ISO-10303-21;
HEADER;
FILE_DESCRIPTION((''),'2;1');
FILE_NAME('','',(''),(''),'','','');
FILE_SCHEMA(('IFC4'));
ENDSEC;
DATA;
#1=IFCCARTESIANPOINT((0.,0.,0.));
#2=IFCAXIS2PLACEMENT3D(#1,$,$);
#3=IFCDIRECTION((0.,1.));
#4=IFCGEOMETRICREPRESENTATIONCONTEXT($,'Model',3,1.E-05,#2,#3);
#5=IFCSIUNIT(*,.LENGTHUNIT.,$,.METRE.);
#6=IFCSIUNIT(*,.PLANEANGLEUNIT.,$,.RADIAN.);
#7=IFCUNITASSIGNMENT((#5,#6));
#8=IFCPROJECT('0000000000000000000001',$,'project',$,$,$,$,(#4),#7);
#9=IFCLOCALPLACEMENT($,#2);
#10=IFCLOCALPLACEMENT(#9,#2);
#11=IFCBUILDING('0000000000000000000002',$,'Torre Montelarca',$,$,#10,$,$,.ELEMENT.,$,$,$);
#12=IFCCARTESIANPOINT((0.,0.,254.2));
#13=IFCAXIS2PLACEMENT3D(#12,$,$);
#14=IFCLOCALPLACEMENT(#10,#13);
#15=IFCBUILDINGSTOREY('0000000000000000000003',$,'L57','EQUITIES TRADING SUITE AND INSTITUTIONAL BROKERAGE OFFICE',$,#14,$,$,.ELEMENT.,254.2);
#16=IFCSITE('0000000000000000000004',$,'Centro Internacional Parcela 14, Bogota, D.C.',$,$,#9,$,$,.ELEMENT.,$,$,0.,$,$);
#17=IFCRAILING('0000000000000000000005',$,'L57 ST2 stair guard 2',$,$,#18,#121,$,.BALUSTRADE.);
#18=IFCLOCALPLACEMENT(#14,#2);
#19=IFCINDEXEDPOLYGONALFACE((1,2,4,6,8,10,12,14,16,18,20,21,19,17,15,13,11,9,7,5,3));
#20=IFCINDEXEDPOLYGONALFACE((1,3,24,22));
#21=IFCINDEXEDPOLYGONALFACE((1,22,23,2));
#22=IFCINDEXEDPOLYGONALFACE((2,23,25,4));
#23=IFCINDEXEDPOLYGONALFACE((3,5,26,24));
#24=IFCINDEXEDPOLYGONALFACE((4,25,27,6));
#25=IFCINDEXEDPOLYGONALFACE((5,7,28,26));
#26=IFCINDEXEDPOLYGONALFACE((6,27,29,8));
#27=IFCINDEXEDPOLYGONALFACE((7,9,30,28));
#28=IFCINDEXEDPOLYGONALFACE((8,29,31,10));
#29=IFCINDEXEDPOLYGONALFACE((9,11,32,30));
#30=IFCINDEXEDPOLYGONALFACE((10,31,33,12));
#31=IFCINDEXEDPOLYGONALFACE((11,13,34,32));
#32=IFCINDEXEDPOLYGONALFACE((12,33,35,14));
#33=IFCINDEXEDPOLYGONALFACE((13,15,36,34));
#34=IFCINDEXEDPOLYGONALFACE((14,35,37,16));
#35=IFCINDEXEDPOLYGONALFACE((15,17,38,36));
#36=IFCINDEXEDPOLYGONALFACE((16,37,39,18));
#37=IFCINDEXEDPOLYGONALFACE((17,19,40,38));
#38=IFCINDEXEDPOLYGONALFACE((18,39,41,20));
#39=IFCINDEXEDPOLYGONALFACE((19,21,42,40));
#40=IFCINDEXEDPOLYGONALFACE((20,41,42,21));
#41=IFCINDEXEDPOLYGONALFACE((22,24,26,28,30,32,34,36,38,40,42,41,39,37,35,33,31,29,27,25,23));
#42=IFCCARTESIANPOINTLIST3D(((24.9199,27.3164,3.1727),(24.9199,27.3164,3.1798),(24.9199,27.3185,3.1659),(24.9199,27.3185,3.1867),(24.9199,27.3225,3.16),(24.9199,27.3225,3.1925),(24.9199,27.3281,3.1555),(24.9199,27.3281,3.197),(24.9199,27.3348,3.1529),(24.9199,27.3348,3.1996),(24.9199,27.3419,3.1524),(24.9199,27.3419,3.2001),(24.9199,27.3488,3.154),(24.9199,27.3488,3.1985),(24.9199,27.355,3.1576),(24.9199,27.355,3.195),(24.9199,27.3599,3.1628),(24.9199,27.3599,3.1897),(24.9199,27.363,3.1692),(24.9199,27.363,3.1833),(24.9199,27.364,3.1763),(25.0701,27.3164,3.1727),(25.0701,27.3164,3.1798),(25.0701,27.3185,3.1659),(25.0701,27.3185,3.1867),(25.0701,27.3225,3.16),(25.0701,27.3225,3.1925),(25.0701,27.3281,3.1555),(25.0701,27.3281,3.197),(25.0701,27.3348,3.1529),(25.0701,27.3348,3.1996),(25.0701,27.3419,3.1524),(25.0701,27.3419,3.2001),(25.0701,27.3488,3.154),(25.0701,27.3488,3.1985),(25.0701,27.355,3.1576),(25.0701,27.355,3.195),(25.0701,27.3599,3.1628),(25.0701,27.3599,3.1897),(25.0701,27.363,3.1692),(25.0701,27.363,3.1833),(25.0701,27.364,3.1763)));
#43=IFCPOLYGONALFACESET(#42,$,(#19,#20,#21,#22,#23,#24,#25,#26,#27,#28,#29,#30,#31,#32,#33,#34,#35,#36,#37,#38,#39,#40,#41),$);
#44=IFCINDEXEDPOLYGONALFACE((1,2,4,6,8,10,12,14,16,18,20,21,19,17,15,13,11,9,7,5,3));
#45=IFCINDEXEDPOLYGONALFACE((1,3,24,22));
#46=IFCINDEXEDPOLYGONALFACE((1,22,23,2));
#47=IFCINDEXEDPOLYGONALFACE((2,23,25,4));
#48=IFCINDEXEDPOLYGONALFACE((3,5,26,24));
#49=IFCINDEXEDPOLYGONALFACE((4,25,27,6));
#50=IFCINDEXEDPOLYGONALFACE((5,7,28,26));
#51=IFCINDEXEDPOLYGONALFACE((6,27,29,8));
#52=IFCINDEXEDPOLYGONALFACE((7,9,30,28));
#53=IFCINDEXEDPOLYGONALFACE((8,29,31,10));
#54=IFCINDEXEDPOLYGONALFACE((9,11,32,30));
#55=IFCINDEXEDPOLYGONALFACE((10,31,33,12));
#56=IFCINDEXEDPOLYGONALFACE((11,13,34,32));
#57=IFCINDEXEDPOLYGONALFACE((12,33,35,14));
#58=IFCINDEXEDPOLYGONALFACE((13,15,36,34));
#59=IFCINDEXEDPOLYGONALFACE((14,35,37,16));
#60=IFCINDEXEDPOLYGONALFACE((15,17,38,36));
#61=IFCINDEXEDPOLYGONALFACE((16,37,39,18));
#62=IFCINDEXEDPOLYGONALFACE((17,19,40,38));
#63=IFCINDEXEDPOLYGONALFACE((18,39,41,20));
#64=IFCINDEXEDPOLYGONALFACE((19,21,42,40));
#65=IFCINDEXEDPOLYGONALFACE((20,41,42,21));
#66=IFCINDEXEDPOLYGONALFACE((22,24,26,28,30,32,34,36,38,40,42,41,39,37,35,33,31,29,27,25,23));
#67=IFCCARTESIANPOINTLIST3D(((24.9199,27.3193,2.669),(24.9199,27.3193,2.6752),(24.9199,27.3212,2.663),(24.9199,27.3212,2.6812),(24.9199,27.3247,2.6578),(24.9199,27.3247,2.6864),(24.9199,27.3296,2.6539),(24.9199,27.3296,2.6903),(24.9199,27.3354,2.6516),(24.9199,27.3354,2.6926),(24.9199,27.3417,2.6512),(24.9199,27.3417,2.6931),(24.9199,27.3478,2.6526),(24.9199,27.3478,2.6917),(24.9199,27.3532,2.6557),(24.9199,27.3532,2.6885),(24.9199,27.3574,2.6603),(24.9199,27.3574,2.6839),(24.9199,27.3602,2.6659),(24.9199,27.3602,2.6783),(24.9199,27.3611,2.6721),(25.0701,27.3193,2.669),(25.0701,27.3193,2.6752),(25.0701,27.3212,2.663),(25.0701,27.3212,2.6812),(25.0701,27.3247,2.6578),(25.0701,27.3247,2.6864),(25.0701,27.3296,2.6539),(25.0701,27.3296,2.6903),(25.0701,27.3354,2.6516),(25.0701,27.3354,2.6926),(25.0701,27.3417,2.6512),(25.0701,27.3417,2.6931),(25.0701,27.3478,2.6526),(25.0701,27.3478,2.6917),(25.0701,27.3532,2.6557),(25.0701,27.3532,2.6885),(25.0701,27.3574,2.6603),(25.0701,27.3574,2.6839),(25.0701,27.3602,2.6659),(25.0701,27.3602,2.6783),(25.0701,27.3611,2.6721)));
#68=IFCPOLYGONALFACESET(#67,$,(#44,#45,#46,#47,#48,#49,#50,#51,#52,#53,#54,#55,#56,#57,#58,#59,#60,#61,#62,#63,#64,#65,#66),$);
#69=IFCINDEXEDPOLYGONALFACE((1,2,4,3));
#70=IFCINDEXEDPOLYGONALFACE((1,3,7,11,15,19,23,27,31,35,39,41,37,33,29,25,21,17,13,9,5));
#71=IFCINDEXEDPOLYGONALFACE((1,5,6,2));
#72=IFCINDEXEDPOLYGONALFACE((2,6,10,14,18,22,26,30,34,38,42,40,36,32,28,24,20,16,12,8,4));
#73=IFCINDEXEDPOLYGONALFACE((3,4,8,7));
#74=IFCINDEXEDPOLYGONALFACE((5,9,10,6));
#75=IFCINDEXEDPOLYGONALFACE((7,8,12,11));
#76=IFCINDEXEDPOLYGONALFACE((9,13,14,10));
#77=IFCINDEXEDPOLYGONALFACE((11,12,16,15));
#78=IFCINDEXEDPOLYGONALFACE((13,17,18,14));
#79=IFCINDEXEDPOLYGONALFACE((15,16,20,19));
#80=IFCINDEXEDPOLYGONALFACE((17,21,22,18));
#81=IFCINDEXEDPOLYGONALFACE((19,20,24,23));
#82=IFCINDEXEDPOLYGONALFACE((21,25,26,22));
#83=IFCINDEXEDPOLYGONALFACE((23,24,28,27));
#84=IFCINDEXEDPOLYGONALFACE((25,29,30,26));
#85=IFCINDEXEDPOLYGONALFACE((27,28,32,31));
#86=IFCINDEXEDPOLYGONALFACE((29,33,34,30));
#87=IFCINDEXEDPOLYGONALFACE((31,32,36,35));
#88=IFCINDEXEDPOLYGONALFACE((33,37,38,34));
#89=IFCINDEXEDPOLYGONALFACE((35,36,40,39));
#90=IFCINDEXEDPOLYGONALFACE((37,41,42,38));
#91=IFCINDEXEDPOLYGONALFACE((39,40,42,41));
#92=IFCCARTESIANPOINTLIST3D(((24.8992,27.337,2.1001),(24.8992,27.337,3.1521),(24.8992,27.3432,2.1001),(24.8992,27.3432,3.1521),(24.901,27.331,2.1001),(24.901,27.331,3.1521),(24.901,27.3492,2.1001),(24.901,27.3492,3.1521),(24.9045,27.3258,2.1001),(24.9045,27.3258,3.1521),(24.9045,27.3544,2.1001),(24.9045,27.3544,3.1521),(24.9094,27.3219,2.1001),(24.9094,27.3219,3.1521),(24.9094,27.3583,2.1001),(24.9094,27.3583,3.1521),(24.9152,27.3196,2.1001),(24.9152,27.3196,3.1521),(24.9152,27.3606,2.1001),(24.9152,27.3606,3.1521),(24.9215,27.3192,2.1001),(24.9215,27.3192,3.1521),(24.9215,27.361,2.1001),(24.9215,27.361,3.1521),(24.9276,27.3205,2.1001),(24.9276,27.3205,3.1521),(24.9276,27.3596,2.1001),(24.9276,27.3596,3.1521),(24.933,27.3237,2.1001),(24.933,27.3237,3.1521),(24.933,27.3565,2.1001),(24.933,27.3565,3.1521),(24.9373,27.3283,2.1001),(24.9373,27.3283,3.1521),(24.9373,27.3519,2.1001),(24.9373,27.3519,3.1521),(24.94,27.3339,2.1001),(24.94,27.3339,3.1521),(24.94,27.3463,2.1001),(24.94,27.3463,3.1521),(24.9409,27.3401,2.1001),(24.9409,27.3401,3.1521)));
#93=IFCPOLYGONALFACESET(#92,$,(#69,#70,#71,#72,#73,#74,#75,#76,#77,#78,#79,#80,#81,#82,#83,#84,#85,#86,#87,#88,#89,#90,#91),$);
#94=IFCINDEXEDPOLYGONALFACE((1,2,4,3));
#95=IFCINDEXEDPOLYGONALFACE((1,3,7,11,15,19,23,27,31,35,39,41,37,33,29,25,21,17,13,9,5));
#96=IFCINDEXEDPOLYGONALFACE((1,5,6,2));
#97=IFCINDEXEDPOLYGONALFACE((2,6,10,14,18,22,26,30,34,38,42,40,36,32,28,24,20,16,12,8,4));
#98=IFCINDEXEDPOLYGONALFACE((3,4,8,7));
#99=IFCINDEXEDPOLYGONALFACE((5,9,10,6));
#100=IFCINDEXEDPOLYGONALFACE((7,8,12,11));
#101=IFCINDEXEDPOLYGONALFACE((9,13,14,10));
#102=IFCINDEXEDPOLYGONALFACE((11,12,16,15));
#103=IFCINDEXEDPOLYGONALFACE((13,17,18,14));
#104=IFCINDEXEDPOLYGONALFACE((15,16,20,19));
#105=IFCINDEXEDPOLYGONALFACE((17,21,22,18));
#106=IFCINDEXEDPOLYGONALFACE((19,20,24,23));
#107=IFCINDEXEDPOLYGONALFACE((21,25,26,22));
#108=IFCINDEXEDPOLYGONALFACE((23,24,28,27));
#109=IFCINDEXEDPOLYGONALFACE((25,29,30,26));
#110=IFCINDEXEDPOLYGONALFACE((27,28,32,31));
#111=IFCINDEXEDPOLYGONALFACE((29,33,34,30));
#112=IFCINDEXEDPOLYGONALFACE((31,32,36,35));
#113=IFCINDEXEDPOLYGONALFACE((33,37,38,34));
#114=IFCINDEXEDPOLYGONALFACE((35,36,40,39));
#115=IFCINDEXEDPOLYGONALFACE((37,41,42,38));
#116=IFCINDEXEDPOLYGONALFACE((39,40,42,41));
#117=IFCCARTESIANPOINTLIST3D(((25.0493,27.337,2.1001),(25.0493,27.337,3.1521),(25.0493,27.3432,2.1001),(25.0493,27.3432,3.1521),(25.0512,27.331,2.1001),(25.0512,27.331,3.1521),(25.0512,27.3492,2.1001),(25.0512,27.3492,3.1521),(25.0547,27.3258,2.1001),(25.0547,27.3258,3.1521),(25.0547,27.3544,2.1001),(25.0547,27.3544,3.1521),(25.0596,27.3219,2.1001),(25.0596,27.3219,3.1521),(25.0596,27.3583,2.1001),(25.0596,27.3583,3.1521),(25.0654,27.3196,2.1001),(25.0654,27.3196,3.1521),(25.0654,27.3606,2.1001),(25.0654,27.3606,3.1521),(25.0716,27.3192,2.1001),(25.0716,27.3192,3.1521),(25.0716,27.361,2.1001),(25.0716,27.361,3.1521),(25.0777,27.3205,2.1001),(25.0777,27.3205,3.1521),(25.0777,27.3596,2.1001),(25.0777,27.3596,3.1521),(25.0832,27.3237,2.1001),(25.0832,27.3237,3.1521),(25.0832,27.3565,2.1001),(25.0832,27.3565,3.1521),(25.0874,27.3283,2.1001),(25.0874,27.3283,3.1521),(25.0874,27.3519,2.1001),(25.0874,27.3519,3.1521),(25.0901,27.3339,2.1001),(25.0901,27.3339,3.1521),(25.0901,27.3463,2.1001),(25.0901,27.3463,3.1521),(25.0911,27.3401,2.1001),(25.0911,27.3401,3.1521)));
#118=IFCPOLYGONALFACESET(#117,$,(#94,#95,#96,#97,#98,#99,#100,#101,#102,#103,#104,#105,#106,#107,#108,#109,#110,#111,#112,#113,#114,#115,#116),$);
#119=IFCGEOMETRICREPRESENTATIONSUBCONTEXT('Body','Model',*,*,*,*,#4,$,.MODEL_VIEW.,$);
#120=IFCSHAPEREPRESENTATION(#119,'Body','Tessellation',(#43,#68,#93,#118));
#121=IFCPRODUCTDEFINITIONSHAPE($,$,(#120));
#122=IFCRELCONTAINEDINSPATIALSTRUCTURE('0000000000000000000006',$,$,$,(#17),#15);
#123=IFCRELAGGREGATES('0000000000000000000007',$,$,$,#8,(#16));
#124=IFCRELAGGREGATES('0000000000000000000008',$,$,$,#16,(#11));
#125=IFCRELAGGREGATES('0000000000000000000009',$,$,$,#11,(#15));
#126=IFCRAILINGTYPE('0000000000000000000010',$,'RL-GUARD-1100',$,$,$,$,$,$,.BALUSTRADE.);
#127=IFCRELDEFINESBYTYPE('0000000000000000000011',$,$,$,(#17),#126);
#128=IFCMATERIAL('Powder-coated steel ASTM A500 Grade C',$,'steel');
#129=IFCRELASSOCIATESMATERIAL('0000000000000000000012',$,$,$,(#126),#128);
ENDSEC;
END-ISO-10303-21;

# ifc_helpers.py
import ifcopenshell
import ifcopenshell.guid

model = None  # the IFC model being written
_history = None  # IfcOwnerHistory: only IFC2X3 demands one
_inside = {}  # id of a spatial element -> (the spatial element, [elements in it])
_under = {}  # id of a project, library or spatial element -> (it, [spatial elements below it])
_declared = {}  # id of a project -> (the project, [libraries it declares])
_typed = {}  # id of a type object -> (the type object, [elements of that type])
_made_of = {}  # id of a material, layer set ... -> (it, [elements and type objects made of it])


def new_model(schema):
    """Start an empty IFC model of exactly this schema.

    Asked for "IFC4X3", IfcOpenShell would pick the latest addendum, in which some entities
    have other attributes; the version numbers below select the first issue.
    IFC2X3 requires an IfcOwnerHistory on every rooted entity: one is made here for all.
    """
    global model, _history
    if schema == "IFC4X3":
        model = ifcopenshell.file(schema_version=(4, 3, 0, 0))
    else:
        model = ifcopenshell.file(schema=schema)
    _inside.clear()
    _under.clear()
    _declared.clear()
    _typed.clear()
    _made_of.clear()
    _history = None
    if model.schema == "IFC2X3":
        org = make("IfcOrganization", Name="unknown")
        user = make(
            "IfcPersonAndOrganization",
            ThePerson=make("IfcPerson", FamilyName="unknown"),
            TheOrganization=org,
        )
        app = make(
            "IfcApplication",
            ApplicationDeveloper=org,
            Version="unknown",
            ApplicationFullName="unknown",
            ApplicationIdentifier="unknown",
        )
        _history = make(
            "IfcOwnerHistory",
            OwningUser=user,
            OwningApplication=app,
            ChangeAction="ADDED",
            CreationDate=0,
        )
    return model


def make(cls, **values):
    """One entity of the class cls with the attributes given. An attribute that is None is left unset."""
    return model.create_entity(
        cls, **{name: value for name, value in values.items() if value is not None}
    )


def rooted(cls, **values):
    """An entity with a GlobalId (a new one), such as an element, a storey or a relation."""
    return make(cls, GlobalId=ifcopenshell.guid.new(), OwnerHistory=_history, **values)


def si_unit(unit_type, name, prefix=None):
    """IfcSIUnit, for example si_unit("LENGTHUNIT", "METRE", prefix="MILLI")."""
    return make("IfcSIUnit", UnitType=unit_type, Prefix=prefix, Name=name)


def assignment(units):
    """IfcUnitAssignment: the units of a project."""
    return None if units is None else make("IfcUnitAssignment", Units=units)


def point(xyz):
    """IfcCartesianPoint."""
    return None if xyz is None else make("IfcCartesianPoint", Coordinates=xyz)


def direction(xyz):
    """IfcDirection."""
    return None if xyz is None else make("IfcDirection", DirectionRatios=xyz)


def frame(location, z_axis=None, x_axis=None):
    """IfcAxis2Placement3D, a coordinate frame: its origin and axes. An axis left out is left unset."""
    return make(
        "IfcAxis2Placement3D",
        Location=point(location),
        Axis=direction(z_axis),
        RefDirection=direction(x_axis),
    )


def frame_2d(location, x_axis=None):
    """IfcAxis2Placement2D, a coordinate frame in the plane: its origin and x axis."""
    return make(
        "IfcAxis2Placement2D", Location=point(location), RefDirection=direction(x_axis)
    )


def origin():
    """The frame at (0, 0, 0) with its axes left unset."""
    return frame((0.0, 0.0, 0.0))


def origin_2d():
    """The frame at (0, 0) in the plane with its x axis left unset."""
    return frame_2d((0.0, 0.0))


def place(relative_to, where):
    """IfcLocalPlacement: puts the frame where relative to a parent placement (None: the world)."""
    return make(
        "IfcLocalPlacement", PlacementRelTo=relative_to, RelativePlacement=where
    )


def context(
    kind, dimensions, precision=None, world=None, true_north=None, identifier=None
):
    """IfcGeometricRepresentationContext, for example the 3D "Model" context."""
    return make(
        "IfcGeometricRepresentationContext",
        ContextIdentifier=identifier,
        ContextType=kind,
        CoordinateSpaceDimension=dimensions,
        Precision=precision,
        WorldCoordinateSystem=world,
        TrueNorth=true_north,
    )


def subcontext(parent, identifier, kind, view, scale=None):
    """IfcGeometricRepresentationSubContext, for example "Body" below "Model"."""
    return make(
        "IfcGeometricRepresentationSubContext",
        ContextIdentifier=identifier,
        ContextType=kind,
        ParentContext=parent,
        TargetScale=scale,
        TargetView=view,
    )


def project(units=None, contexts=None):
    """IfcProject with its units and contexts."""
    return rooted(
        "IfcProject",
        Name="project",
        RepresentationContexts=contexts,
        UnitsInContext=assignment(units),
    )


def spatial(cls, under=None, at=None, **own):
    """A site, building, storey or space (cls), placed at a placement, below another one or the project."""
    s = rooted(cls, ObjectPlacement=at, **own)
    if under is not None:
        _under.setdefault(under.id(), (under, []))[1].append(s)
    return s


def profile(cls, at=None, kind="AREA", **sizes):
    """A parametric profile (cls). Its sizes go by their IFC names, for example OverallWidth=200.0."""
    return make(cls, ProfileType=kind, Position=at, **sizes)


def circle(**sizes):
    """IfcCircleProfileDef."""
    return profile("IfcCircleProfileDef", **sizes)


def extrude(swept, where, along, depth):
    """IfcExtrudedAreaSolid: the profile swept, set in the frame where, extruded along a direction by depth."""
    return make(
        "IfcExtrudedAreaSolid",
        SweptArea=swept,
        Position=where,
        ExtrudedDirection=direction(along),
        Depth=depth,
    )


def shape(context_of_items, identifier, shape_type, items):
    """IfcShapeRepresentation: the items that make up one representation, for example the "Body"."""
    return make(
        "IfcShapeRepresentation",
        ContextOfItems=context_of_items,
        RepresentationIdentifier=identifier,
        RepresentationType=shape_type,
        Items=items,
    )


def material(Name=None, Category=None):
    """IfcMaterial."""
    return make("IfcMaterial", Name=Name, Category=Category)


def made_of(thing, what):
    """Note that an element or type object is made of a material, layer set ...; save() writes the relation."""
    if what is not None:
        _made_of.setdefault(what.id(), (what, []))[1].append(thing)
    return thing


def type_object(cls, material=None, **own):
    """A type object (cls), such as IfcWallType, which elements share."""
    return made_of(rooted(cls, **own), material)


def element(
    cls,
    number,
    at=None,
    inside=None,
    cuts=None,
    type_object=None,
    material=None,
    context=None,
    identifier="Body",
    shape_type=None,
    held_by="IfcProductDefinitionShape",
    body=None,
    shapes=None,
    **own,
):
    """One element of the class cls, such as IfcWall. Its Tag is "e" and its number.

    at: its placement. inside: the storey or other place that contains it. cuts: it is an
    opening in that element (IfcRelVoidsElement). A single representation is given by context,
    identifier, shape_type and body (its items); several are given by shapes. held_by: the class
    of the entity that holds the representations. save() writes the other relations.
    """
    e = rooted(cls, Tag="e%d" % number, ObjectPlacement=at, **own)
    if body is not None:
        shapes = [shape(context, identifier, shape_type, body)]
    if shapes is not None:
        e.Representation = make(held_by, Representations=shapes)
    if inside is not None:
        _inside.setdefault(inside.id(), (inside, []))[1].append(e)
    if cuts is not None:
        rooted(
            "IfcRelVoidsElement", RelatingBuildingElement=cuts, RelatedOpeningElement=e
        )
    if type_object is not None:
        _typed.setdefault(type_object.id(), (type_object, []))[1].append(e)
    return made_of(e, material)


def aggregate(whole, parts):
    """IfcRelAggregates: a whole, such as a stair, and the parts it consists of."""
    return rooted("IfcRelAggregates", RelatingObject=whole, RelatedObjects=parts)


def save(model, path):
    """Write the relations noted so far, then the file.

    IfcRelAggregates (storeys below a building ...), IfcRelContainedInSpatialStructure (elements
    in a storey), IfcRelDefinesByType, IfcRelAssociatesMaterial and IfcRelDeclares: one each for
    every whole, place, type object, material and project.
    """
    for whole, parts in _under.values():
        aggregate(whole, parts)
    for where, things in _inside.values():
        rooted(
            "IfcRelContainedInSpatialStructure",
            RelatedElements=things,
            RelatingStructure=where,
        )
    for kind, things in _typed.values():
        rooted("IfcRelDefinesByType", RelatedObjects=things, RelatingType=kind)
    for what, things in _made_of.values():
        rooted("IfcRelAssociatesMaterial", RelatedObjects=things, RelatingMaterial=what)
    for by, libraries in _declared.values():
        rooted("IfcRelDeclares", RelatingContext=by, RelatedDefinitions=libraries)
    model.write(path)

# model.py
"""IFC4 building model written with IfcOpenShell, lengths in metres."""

from ifc_helpers import new_model, si_unit, direction, frame, origin, origin_2d, place, context, subcontext, project, spatial, circle, extrude, material, type_object, element, save


model = new_model("IFC4")

# Units and contexts
model_context = context("Model", 3, precision=1e-05, world=origin(), true_north=direction((0.0, 1.0)))
body_context = subcontext(model_context, "Body", "Model", "MODEL_VIEW")
ifc_project = project(units=[si_unit("LENGTHUNIT", "METRE"), si_unit("PLANEANGLEUNIT", "RADIAN")], contexts=[model_context])

# Site, building, storey
site_placement = place(None, origin())
site = spatial("IfcSite", under=ifc_project, at=site_placement, Name="Centro Internacional Parcela 14, Bogota, D.C.", CompositionType="ELEMENT", RefElevation=0.0)
building_placement = place(site_placement, origin())
building = spatial("IfcBuilding", under=site, at=building_placement, Name="Torre Montelarca", CompositionType="ELEMENT")
storey_placement = place(building_placement, frame((0.0, 0.0, 254.2)))
storey = spatial("IfcBuildingStorey", under=building, at=storey_placement, Name="L57", Description="EQUITIES TRADING SUITE AND INSTITUTIONAL BROKERAGE OFFICE", CompositionType="ELEMENT", Elevation=254.2)

# Railing
ifc_material_1 = material(Name="Powder-coated steel ASTM A500 Grade C", Category="steel")
railing_type_1 = type_object("IfcRailingType", Name="RL-GUARD-1100", PredefinedType="BALUSTRADE", material=ifc_material_1)
railing_1_placement = place(storey_placement, frame((24.9199, 27.3401, 2.1001)))
element("IfcRailing", 1, at=railing_1_placement, inside=storey, type_object=railing_type_1, Name="L57 ST2 stair guard 2", PredefinedType="BALUSTRADE", context=body_context, shape_type="SweptSolid", body=[
    extrude(circle(Radius=0.0239, at=origin_2d()), frame((0.0, 0.0, 1.0762), z_axis=(1.0, 0.0, 0.0), x_axis=(0.0, 1.0, 0.0)), (0.0, 0.0, 1.0), 0.1501),
    extrude(circle(Radius=0.021, at=origin_2d()), frame((0.0, 0.0, 0.572), z_axis=(1.0, 0.0, 0.0), x_axis=(0.0, 1.0, 0.0)), (0.0, 0.0, 1.0), 0.1501),
    extrude(circle(Radius=0.021, at=origin_2d()), origin(), (0.0, 0.0, 1.0), 1.052),
    extrude(circle(Radius=0.021, at=origin_2d()), frame((0.1501, 0.0, 0.0)), (0.0, 0.0, 1.0), 1.052),
])

save(model, "model.ifc")
